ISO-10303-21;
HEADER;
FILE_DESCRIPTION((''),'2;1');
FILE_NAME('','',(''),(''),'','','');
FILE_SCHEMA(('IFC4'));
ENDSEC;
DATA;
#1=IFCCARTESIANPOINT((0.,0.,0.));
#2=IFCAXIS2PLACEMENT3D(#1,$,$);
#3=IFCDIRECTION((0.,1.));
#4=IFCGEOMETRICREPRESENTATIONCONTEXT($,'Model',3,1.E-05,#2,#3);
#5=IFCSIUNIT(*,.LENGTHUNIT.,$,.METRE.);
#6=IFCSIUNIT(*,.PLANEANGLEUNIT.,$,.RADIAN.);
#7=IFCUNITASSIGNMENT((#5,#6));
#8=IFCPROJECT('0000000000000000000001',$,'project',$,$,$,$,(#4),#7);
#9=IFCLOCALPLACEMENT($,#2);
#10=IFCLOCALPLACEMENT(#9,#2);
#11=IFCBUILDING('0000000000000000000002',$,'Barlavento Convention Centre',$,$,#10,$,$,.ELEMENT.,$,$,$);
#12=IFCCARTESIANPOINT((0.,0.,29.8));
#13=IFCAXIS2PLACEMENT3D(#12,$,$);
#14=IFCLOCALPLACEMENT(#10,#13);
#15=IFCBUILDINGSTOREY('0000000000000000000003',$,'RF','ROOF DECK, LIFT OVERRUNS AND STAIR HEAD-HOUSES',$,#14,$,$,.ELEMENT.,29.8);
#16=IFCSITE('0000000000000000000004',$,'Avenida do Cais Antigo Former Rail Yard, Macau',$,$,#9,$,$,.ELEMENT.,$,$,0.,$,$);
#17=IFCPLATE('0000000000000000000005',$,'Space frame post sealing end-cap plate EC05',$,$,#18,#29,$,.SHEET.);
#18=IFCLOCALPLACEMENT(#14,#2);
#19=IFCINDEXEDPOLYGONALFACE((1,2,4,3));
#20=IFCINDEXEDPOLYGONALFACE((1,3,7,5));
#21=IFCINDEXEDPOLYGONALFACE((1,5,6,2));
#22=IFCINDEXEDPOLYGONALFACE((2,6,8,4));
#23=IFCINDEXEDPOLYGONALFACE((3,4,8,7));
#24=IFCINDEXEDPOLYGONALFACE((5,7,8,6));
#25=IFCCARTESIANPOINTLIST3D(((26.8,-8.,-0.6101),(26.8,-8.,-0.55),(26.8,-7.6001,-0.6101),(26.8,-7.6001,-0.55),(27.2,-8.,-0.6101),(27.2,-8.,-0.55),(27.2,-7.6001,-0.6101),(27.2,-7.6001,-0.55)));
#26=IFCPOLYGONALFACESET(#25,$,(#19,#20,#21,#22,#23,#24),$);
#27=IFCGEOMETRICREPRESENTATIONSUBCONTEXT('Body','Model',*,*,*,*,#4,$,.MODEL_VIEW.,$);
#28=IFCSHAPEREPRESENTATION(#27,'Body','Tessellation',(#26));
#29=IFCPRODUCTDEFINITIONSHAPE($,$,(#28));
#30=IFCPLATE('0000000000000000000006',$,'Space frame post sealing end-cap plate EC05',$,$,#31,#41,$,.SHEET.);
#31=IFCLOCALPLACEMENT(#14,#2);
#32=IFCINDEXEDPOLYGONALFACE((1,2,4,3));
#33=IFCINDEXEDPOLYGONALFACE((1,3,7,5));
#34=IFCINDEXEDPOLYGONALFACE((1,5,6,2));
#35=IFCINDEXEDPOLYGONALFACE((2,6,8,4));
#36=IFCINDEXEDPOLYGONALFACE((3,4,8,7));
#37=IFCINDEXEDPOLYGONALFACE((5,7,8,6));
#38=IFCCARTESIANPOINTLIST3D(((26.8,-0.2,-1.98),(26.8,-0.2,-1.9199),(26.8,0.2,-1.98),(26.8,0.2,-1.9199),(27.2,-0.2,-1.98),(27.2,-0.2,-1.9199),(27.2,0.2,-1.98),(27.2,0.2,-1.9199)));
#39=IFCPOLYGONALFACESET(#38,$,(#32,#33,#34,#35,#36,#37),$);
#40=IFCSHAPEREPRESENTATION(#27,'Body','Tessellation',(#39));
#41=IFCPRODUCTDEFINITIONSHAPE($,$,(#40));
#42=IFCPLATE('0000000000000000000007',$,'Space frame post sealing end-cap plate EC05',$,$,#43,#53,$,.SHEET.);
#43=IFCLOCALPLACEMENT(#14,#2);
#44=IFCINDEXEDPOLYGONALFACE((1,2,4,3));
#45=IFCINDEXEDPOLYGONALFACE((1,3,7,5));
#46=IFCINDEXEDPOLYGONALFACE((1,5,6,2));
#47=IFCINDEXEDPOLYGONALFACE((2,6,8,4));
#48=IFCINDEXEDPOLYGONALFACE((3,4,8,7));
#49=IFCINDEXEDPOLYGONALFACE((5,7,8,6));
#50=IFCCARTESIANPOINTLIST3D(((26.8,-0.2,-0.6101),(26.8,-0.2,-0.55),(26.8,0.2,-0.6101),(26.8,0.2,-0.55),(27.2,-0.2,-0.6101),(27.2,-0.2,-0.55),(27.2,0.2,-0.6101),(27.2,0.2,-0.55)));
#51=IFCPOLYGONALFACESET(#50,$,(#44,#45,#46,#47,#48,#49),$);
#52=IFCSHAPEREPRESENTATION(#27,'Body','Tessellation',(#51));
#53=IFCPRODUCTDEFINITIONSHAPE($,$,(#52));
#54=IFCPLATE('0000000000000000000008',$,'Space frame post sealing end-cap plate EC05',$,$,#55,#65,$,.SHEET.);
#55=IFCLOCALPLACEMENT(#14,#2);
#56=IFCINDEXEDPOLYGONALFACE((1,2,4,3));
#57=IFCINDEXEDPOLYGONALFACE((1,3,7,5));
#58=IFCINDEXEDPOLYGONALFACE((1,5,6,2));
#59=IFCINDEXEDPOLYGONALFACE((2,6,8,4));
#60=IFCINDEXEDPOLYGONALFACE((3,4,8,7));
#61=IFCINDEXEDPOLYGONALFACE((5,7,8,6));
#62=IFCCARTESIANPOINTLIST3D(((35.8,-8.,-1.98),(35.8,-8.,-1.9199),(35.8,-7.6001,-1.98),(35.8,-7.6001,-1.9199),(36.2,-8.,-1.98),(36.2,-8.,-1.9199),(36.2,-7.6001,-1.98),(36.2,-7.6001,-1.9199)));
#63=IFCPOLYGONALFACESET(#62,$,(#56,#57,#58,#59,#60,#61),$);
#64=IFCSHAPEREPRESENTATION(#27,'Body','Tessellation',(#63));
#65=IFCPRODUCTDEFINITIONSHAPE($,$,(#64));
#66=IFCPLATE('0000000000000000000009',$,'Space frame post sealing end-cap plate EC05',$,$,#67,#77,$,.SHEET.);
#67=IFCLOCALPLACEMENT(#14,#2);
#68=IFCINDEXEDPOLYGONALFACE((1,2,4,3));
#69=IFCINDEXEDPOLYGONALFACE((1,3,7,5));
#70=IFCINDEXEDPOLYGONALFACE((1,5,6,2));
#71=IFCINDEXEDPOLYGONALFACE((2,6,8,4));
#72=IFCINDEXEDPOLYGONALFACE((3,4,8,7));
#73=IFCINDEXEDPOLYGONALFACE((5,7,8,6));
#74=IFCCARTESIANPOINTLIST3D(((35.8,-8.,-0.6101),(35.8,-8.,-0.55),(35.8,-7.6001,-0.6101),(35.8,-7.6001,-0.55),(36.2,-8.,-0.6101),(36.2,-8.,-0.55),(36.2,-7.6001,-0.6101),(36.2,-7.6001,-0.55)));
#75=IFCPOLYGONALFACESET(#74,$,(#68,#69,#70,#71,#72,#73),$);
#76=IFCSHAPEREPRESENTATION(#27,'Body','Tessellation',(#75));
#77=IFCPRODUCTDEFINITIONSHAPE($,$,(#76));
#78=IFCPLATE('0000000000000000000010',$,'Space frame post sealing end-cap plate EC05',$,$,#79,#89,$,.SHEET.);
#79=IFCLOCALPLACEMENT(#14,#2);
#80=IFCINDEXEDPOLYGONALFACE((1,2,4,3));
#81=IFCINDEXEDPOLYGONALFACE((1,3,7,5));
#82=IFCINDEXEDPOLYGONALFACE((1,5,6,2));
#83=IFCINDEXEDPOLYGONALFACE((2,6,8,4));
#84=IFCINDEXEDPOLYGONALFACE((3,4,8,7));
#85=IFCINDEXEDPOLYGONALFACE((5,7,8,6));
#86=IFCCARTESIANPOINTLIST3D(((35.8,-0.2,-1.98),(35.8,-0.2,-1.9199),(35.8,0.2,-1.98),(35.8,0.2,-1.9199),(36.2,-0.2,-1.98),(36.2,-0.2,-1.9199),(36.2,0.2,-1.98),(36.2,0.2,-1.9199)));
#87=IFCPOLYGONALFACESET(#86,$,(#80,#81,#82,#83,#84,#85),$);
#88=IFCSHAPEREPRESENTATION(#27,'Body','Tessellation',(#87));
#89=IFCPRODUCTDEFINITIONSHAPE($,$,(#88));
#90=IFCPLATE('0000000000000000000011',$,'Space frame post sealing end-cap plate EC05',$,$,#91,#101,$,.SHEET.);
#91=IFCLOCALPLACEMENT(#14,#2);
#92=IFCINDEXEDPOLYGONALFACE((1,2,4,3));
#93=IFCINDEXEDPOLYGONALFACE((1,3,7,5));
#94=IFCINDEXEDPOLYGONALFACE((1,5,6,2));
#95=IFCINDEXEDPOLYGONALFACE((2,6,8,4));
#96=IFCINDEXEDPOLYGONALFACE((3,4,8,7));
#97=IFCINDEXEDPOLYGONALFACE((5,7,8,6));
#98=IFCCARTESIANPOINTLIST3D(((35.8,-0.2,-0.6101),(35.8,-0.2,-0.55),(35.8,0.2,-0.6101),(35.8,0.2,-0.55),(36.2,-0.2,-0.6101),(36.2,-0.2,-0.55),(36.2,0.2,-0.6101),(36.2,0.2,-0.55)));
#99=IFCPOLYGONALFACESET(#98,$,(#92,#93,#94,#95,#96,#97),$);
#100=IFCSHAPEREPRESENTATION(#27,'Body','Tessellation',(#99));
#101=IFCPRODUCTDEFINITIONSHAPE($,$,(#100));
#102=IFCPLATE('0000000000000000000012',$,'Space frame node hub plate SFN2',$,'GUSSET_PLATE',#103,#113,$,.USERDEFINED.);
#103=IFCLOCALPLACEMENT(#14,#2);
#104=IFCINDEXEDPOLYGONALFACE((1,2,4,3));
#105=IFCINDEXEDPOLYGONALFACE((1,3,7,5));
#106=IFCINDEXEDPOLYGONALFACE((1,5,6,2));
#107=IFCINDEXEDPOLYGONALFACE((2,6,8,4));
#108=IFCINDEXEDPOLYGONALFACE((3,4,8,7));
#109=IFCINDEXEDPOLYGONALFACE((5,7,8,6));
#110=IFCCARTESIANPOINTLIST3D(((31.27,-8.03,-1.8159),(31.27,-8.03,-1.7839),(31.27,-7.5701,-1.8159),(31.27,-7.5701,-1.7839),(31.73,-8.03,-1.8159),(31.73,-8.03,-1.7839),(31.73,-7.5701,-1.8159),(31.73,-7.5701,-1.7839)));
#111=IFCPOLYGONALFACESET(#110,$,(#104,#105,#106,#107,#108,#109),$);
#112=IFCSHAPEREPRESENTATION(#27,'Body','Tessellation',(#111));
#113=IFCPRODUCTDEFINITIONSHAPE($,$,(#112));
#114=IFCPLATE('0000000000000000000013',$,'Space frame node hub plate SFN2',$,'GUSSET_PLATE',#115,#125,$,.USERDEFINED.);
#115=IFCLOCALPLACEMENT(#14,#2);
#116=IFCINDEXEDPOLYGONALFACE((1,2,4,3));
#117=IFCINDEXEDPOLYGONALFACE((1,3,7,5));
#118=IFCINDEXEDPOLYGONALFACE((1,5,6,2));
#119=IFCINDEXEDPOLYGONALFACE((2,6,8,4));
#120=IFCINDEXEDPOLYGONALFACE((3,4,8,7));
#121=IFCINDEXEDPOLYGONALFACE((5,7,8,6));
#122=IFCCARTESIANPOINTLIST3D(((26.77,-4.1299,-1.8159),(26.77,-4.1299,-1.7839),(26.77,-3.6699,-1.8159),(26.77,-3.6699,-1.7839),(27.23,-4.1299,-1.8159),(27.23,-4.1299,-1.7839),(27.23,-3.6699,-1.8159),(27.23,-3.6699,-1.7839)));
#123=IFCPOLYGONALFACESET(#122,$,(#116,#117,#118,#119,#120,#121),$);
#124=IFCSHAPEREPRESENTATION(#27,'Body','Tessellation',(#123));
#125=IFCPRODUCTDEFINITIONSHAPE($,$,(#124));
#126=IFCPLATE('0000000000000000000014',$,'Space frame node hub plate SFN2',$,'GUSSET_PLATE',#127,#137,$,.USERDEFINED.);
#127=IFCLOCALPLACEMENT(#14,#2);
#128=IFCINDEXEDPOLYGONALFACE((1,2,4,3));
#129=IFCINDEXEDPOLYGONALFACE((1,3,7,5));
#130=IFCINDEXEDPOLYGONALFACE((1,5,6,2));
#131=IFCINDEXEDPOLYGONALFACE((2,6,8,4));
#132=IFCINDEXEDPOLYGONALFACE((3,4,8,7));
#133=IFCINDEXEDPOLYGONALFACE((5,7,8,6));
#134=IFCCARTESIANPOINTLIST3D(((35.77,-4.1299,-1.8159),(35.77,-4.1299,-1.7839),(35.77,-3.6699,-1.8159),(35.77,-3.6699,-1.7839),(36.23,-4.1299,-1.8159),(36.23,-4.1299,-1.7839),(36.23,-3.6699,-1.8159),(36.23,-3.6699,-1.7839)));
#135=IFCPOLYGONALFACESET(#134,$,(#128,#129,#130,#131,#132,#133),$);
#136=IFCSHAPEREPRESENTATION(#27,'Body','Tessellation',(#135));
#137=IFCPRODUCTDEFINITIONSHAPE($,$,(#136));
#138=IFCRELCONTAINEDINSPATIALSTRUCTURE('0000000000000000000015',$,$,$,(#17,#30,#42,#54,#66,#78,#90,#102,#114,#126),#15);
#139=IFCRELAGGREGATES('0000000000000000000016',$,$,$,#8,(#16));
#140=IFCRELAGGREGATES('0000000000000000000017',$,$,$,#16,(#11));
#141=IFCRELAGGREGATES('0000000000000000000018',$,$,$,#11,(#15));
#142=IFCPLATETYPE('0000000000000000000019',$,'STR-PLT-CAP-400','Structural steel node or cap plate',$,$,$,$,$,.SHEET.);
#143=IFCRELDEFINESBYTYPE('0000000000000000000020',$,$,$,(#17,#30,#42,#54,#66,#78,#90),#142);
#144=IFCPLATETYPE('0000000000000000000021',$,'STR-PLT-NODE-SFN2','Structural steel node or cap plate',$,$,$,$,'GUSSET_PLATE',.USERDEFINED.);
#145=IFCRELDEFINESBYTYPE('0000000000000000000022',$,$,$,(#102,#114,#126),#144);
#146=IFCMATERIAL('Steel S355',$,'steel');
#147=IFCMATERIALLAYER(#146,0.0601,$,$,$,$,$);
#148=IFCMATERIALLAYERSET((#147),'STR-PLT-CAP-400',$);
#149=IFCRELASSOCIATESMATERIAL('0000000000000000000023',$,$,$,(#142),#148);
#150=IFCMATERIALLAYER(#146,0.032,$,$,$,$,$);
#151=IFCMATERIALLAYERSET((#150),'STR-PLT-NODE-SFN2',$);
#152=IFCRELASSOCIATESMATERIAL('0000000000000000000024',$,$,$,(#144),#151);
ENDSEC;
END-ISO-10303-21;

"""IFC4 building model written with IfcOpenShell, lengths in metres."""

from ifc_helpers import new_model, si_unit, direction, frame, origin, origin_2d, place, context, subcontext, project, spatial, rectangle, extrude, material, layer, layer_set, type_object, element, save


model = new_model("IFC4")

# Units and contexts
model_context = context("Model", 3, precision=1e-05, world=origin(), true_north=direction((0.0, 1.0)))
body_context = subcontext(model_context, "Body", "Model", "MODEL_VIEW")
ifc_project = project(units=[si_unit("LENGTHUNIT", "METRE"), si_unit("PLANEANGLEUNIT", "RADIAN")], contexts=[model_context])

# Site, building, storey
site_placement = place(None, origin())
site = spatial("IfcSite", under=ifc_project, at=site_placement, Name="Avenida do Cais Antigo Former Rail Yard, Macau", CompositionType="ELEMENT", RefElevation=0.0)
building_placement = place(site_placement, origin())
building = spatial("IfcBuilding", under=site, at=building_placement, Name="Barlavento Convention Centre", CompositionType="ELEMENT")
storey_placement = place(building_placement, frame((0.0, 0.0, 29.8)))
storey = spatial("IfcBuildingStorey", under=building, at=storey_placement, Name="RF", Description="ROOF DECK, LIFT OVERRUNS AND STAIR HEAD-HOUSES", CompositionType="ELEMENT", Elevation=29.8)

# Shared definitions
ifc_material_1 = material(Name="Steel S355", Category="steel")

# Plates
ifc_layer_1 = layer(ifc_material_1, 0.0601)
ifc_layer_set_1 = layer_set([ifc_layer_1], Name="STR-PLT-CAP-400")
plate_type_1 = type_object("IfcPlateType", Name="STR-PLT-CAP-400", Description="Structural steel node or cap plate", PredefinedType="SHEET", material=ifc_layer_set_1)
for number, where, z_axis, x_axis, name in (
    (1, (27.0, -7.8, -0.6101), (0.0, 0.0, 1.0), (1.0, 0.0, 0.0), "Space frame post sealing end-cap plate EC05"),
    (2, (27.0, 0.0, -1.98), (0.0, 0.0, 1.0), (1.0, 0.0, 0.0), "Space frame post sealing end-cap plate EC05"),
    (3, (27.0, 0.0, -0.6101), (0.0, 0.0, 1.0), (1.0, 0.0, 0.0), "Space frame post sealing end-cap plate EC05"),
    (4, (36.0, -7.8, -1.98), (0.0, 0.0, 1.0), (1.0, 0.0, 0.0), "Space frame post sealing end-cap plate EC05"),
    (5, (36.0, -7.8, -0.6101), (0.0, 0.0, 1.0), (1.0, 0.0, 0.0), "Space frame post sealing end-cap plate EC05"),
    (6, (36.0, 0.0, -1.98), (0.0, 0.0, 1.0), (1.0, 0.0, 0.0), "Space frame post sealing end-cap plate EC05"),
    (7, (36.0, 0.0, -0.6101), (0.0, 0.0, 1.0), (1.0, 0.0, 0.0), "Space frame post sealing end-cap plate EC05"),
):
    element("IfcPlate", number, at=place(storey_placement, frame(where, z_axis=z_axis, x_axis=x_axis)), inside=storey, type_object=plate_type_1, Name=name, PredefinedType="SHEET", context=body_context, shape_type="SweptSolid", body=[
        extrude(rectangle(XDim=0.3999, YDim=0.3999, at=origin_2d()), origin(), (0.0, 0.0, 1.0), 0.0601),
    ])
ifc_layer_2 = layer(ifc_material_1, 0.032)
ifc_layer_set_2 = layer_set([ifc_layer_2], Name="STR-PLT-NODE-SFN2")
plate_type_2 = type_object("IfcPlateType", Name="STR-PLT-NODE-SFN2", Description="Structural steel node or cap plate", ElementType="GUSSET_PLATE", PredefinedType="USERDEFINED", material=ifc_layer_set_2)
for number, where, z_axis, x_axis, name in (
    (8, (31.5, -7.8, -1.8159), (0.0, 0.0, 1.0), (1.0, 0.0, 0.0), "Space frame node hub plate SFN2"),
    (9, (27.0, -3.8999, -1.8159), (0.0, 0.0, 1.0), (1.0, 0.0, 0.0), "Space frame node hub plate SFN2"),
    (10, (36.0, -3.8999, -1.8159), (0.0, 0.0, 1.0), (1.0, 0.0, 0.0), "Space frame node hub plate SFN2"),
):
    element("IfcPlate", number, at=place(storey_placement, frame(where, z_axis=z_axis, x_axis=x_axis)), inside=storey, type_object=plate_type_2, Name=name, ObjectType="GUSSET_PLATE", PredefinedType="USERDEFINED", context=body_context, shape_type="SweptSolid", body=[
        extrude(rectangle(XDim=0.46, YDim=0.46, at=origin_2d()), origin(), (0.0, 0.0, 1.0), 0.032),
    ])

save(model, "model.ifc")
